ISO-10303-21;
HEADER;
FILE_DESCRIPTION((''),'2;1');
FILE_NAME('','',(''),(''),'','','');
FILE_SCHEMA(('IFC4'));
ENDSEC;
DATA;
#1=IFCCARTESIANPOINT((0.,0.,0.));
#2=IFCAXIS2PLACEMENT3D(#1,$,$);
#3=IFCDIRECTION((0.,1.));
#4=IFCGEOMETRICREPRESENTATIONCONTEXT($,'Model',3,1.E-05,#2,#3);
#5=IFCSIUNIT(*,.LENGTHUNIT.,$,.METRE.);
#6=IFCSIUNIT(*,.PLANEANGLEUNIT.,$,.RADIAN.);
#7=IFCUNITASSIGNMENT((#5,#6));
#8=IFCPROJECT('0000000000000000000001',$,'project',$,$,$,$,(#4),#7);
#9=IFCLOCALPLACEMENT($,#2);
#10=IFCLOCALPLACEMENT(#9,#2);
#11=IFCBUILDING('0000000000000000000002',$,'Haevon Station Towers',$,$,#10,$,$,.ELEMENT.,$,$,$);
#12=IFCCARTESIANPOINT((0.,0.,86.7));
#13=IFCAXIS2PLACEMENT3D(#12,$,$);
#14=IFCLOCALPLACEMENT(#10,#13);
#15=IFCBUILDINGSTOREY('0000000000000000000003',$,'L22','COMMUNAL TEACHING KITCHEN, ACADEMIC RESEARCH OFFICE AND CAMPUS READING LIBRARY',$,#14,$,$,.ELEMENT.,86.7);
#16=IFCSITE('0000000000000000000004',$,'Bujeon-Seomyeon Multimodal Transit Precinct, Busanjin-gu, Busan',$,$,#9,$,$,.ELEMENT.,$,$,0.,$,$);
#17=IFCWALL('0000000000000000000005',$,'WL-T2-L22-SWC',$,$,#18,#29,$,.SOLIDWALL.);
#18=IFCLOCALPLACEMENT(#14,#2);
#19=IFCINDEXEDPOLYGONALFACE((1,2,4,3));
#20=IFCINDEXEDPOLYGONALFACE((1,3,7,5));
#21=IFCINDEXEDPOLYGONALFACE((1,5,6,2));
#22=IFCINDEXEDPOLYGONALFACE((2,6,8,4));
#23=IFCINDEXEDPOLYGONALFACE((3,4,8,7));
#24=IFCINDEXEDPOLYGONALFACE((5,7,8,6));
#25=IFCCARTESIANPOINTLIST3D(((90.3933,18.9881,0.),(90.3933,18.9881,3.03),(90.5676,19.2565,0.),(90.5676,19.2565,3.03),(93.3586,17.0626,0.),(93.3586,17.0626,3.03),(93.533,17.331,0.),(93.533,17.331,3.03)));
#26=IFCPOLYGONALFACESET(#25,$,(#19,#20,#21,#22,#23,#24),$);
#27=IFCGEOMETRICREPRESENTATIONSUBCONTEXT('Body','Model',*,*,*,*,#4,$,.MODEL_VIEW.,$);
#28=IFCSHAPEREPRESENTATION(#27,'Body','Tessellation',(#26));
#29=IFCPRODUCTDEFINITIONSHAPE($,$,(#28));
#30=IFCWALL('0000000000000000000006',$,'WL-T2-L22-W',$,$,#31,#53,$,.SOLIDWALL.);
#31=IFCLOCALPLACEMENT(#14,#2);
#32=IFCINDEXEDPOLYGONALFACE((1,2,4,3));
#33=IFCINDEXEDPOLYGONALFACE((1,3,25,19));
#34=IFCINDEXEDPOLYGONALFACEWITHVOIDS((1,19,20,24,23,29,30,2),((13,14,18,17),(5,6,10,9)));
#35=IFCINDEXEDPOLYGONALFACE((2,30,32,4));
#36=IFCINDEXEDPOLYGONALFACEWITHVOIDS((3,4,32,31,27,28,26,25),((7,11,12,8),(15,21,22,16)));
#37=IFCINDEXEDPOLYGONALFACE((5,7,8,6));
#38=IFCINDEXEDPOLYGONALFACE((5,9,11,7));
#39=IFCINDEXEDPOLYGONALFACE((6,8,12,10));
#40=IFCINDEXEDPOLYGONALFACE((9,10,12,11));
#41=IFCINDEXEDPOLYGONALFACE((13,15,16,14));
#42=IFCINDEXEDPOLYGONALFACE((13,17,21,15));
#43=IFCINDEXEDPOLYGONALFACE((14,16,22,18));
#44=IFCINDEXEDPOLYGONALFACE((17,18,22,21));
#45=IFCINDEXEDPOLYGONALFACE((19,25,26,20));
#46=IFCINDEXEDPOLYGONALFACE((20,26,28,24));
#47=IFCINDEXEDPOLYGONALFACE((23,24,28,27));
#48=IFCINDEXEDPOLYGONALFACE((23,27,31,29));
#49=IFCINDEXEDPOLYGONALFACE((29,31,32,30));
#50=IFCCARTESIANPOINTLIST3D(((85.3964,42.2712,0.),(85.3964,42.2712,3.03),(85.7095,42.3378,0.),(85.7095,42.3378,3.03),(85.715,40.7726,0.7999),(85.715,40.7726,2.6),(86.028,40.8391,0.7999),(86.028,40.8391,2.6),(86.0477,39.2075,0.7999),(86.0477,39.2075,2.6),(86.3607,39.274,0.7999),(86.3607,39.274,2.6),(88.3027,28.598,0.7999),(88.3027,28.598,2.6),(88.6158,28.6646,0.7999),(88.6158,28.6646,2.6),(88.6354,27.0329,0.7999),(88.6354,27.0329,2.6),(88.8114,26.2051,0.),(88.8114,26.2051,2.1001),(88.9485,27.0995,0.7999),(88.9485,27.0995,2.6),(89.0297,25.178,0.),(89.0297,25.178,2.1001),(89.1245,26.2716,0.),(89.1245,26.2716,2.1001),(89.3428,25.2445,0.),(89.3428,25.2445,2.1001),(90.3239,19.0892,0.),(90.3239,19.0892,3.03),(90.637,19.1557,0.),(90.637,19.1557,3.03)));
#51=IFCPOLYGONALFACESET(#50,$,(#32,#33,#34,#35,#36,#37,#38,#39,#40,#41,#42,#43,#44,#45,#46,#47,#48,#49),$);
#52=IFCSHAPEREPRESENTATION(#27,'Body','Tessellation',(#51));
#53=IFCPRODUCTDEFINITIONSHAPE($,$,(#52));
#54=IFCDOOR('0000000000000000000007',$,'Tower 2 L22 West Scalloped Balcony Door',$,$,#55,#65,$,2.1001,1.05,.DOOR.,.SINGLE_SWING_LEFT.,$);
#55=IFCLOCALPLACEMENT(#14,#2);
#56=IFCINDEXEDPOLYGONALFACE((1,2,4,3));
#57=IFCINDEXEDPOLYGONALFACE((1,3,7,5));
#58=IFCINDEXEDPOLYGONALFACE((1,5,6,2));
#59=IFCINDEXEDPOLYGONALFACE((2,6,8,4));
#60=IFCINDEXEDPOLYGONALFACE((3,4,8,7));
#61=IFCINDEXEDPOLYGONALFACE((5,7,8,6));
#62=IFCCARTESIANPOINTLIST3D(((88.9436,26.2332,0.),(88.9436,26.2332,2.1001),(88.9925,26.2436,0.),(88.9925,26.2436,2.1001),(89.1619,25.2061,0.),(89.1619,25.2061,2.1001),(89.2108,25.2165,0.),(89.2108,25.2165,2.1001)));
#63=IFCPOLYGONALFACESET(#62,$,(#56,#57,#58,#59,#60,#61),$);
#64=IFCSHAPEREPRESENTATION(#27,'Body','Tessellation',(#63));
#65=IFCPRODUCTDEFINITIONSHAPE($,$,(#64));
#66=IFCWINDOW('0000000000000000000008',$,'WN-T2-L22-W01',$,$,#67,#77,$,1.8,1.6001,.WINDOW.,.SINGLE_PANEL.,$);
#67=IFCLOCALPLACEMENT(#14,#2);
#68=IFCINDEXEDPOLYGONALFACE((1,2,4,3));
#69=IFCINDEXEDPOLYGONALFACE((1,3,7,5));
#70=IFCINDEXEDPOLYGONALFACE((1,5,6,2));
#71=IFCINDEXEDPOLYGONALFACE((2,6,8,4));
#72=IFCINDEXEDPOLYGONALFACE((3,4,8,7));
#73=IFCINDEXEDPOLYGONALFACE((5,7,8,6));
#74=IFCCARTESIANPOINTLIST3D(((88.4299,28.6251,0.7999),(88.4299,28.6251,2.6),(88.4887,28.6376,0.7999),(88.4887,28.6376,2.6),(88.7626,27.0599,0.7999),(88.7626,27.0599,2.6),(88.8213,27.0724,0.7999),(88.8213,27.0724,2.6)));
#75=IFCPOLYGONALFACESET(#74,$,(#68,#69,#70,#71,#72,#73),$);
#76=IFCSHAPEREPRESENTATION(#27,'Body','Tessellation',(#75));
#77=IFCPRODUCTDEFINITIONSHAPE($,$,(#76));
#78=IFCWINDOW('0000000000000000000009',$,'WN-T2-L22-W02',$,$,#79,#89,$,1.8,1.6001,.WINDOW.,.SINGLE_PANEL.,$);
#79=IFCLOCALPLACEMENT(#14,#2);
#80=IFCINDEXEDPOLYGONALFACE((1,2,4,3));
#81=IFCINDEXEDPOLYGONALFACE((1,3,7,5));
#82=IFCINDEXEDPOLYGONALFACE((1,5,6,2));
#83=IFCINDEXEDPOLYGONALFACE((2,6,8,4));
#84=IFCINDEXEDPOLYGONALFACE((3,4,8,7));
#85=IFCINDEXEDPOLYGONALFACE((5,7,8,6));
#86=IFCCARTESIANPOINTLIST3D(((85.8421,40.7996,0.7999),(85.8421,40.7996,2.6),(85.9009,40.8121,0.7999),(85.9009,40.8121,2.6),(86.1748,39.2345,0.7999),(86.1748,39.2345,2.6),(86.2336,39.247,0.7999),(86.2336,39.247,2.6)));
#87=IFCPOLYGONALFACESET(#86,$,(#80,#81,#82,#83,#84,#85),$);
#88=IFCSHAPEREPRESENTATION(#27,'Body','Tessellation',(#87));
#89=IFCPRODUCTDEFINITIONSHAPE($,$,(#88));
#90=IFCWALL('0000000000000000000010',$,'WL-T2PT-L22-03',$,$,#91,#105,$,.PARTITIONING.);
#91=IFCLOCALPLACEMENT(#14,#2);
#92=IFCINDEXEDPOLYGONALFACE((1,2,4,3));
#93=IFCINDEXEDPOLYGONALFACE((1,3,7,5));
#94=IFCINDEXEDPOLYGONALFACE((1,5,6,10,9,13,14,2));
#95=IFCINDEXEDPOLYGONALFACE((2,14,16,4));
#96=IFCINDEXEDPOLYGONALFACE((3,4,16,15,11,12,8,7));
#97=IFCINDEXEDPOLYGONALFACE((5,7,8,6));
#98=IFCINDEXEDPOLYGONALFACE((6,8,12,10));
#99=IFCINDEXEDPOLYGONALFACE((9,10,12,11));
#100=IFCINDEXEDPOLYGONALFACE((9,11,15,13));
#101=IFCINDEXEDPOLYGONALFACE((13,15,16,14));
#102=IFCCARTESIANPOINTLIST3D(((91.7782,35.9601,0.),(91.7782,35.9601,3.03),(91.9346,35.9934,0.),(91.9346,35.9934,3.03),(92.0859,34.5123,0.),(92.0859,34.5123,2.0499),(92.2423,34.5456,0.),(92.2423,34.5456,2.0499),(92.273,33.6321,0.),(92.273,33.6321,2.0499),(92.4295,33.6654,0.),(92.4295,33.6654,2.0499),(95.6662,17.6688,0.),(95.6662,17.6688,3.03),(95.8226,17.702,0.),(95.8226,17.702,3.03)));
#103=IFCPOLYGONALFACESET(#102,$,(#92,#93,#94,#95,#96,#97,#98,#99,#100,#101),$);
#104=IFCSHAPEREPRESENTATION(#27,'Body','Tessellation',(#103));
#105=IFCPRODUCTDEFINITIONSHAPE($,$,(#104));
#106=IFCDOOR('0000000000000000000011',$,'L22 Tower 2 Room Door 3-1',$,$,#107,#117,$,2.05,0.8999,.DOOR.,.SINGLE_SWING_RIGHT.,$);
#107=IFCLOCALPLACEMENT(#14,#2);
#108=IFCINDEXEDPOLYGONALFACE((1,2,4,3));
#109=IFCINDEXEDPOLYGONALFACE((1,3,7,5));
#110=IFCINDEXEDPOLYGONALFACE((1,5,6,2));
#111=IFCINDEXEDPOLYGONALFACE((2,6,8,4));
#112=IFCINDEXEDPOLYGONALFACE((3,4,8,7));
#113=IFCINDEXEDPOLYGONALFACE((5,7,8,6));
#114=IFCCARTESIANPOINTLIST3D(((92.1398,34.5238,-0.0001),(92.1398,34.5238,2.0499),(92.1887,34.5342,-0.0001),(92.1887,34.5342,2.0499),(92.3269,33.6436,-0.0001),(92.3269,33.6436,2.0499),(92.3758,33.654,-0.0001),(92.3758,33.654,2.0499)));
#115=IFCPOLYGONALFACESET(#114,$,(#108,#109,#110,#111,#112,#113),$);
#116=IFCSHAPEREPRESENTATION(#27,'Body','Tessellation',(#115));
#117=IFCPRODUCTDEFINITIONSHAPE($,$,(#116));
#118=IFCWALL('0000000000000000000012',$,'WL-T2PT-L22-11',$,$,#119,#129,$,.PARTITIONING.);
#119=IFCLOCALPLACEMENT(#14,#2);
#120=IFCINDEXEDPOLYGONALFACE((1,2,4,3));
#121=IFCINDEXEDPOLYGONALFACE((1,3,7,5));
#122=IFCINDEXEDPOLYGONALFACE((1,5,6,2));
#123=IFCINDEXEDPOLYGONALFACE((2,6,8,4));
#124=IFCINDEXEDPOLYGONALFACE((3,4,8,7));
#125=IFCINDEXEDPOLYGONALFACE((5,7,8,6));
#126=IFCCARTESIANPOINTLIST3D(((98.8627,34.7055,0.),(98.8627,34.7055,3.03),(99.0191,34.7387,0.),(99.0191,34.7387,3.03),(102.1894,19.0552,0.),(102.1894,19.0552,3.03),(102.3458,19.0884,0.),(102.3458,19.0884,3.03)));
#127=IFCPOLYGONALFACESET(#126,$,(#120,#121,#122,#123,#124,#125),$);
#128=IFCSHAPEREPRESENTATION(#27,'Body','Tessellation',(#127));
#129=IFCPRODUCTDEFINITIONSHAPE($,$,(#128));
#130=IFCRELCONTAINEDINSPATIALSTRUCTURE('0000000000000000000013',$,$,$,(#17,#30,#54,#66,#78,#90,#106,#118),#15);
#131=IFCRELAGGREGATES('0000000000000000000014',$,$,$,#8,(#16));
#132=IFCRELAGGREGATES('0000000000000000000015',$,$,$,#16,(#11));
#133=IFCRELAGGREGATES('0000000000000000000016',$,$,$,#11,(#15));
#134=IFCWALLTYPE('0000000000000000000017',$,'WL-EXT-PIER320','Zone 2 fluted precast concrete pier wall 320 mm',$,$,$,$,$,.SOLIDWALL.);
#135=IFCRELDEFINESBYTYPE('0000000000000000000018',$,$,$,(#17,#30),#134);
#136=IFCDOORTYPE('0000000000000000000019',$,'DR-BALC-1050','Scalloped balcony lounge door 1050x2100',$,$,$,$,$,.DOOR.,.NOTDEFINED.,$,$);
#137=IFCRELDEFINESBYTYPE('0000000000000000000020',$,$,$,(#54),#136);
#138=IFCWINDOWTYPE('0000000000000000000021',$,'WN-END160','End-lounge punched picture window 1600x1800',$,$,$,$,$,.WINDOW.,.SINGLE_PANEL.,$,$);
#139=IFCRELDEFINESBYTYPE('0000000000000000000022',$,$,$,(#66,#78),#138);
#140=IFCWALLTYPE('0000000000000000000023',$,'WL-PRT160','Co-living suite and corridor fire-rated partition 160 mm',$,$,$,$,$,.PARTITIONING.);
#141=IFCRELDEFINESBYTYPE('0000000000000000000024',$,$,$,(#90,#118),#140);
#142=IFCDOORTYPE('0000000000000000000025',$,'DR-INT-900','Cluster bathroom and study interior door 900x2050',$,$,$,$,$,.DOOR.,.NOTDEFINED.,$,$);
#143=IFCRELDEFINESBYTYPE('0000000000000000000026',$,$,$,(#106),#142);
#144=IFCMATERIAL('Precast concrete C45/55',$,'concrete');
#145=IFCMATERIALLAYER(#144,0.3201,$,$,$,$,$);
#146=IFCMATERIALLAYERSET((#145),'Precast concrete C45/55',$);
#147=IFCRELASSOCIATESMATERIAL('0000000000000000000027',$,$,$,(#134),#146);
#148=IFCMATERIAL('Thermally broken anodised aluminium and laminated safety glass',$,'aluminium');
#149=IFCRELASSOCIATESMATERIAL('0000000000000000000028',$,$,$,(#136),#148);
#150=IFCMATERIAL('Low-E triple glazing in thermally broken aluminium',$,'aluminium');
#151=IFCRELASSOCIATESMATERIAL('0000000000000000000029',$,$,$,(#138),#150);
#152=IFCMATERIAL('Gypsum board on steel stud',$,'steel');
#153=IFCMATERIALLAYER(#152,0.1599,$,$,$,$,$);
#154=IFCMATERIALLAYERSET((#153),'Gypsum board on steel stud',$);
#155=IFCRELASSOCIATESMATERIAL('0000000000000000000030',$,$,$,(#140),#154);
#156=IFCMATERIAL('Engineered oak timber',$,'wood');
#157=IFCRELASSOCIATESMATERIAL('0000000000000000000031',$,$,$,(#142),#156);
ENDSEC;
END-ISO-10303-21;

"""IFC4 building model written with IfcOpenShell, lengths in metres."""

from ifc_helpers import new_model, si_unit, direction, frame, frame_2d, origin, place, context, subcontext, project, spatial, rectangle, extrude, material, layer, layer_set, type_object, element, fill, save


model = new_model("IFC4")

# Units and contexts
model_context = context("Model", 3, precision=1e-05, world=origin(), true_north=direction((0.0, 1.0)))
body_context = subcontext(model_context, "Body", "Model", "MODEL_VIEW")
ifc_project = project(units=[si_unit("LENGTHUNIT", "METRE"), si_unit("PLANEANGLEUNIT", "RADIAN")], contexts=[model_context])

# Site, building, storey
site_placement = place(None, origin())
site = spatial("IfcSite", under=ifc_project, at=site_placement, Name="Bujeon-Seomyeon Multimodal Transit Precinct, Busanjin-gu, Busan", CompositionType="ELEMENT", RefElevation=0.0)
building_placement = place(site_placement, origin())
building = spatial("IfcBuilding", under=site, at=building_placement, Name="Haevon Station Towers", CompositionType="ELEMENT")
storey_placement = place(building_placement, frame((0.0, 0.0, 86.7)))
storey = spatial("IfcBuildingStorey", under=building, at=storey_placement, Name="L22", Description="COMMUNAL TEACHING KITCHEN, ACADEMIC RESEARCH OFFICE AND CAMPUS READING LIBRARY", CompositionType="ELEMENT", Elevation=86.7)

# Wall
ifc_material_1 = material(Name="Precast concrete C45/55", Category="concrete")
ifc_layer_1 = layer(ifc_material_1, 0.3201)
ifc_layer_set_1 = layer_set([ifc_layer_1], Name="Precast concrete C45/55")
wall_type_1 = type_object("IfcWallType", Name="WL-EXT-PIER320", Description="Zone 2 fluted precast concrete pier wall 320 mm", PredefinedType="SOLIDWALL", material=ifc_layer_set_1)
wall_1_placement = place(storey_placement, frame((93.4458, 17.1968, 0.0), z_axis=(0.0, 0.0, 1.0), x_axis=(-0.838693, 0.544605, 0.0)))
element("IfcWall", 1, at=wall_1_placement, inside=storey, type_object=wall_type_1, Name="WL-T2-L22-SWC", PredefinedType="SOLIDWALL", context=body_context, shape_type="SweptSolid", body=[
    extrude(rectangle(XDim=3.5356, YDim=0.3201, at=frame_2d((1.7678, 0.0))), origin(), (0.0, 0.0, 1.0), 3.03),
])

# Wall, openings, door, windows
wall_2_placement = place(storey_placement, frame((90.4805, 19.1223, 0.0), z_axis=(0.0, 0.0, 1.0), x_axis=(-0.207911, 0.978148, 0.0)))
wall_2 = element("IfcWall", 2, at=wall_2_placement, inside=storey, type_object=wall_type_1, Name="WL-T2-L22-W", PredefinedType="SOLIDWALL", context=body_context, shape_type="SweptSolid", body=[
    extrude(rectangle(XDim=23.7, YDim=0.3201, at=frame_2d((11.8501, 0.0))), origin(), (0.0, 0.0, 1.0), 3.03),
])
opening_1_placement = place(wall_2_placement, frame((6.2251, 0.0, 0.0)))
opening_1 = element("IfcOpeningElement", 3, at=opening_1_placement, cuts=wall_2, PredefinedType="OPENING", context=body_context, shape_type="SweptSolid", body=[
    extrude(rectangle(XDim=1.05, YDim=2.1001, at=frame_2d((0.5249, 1.05))), frame((0.0, 0.1699, 0.0), z_axis=(0.0, -1.0, 0.0), x_axis=(1.0, 0.0, 0.0)), (0.0, 0.0, 1.0), 0.3401),
])
opening_2_placement = place(wall_2_placement, frame((8.1213, 0.0, 0.8)))
opening_2 = element("IfcOpeningElement", 4, at=opening_2_placement, cuts=wall_2, PredefinedType="OPENING", context=body_context, shape_type="SweptSolid", body=[
    extrude(rectangle(XDim=1.6001, YDim=1.8, at=frame_2d((0.8, 0.8999))), frame((0.0, 0.1699, 0.0), z_axis=(0.0, -1.0, 0.0), x_axis=(1.0, 0.0, 0.0)), (0.0, 0.0, 1.0), 0.3401),
])
opening_3_placement = place(wall_2_placement, frame((20.5679, 0.0, 0.8)))
opening_3 = element("IfcOpeningElement", 5, at=opening_3_placement, cuts=wall_2, PredefinedType="OPENING", context=body_context, shape_type="SweptSolid", body=[
    extrude(rectangle(XDim=1.6001, YDim=1.8, at=frame_2d((0.8, 0.8999))), frame((0.0, 0.1699, 0.0), z_axis=(0.0, -1.0, 0.0), x_axis=(1.0, 0.0, 0.0)), (0.0, 0.0, 1.0), 0.3401),
])
ifc_material_2 = material(Name="Thermally broken anodised aluminium and laminated safety glass", Category="aluminium")
door_type_1 = type_object("IfcDoorType", Name="DR-BALC-1050", Description="Scalloped balcony lounge door 1050x2100", OperationType="NOTDEFINED", PredefinedType="DOOR", material=ifc_material_2)
door_1_placement = place(opening_1_placement, origin())
door_1 = element("IfcDoor", 6, at=door_1_placement, inside=storey, type_object=door_type_1, Name="Tower 2 L22 West Scalloped Balcony Door", OperationType="SINGLE_SWING_LEFT", OverallHeight=2.1001, OverallWidth=1.05, PredefinedType="DOOR", context=body_context, shape_type="SweptSolid", body=[
    extrude(rectangle(XDim=1.05, YDim=2.1001, at=frame_2d((0.5249, 1.05))), frame((0.0, 0.0249, 0.0), z_axis=(0.0, -1.0, 0.0), x_axis=(1.0, 0.0, 0.0)), (0.0, 0.0, 1.0), 0.05),
])
fill(opening_1, door_1)
ifc_material_3 = material(Name="Low-E triple glazing in thermally broken aluminium", Category="aluminium")
window_type = type_object("IfcWindowType", Name="WN-END160", Description="End-lounge punched picture window 1600x1800", PartitioningType="SINGLE_PANEL", PredefinedType="WINDOW", material=ifc_material_3)
window_1_placement = place(opening_2_placement, origin())
window_1 = element("IfcWindow", 7, at=window_1_placement, inside=storey, type_object=window_type, Name="WN-T2-L22-W01", OverallHeight=1.8, OverallWidth=1.6001, PartitioningType="SINGLE_PANEL", PredefinedType="WINDOW", context=body_context, shape_type="SweptSolid", body=[
    extrude(rectangle(XDim=1.6001, YDim=1.8, at=frame_2d((0.8, 0.8999))), frame((0.0, 0.03, 0.0), z_axis=(0.0, -1.0, 0.0), x_axis=(1.0, 0.0, 0.0)), (0.0, 0.0, 1.0), 0.0601),
])
fill(opening_2, window_1)
window_2_placement = place(opening_3_placement, origin())
window_2 = element("IfcWindow", 8, at=window_2_placement, inside=storey, type_object=window_type, Name="WN-T2-L22-W02", OverallHeight=1.8, OverallWidth=1.6001, PartitioningType="SINGLE_PANEL", PredefinedType="WINDOW", context=body_context, shape_type="SweptSolid", body=[
    extrude(rectangle(XDim=1.6001, YDim=1.8, at=frame_2d((0.8, 0.8999))), frame((0.0, 0.03, 0.0), z_axis=(0.0, -1.0, 0.0), x_axis=(1.0, 0.0, 0.0)), (0.0, 0.0, 1.0), 0.0601),
])
fill(opening_3, window_2)

# Wall, opening, door
ifc_material_4 = material(Name="Gypsum board on steel stud", Category="steel")
ifc_layer_2 = layer(ifc_material_4, 0.1599)
ifc_layer_set_2 = layer_set([ifc_layer_2], Name="Gypsum board on steel stud")
wall_type_2 = type_object("IfcWallType", Name="WL-PRT160", Description="Co-living suite and corridor fire-rated partition 160 mm", PredefinedType="PARTITIONING", material=ifc_layer_set_2)
wall_3_placement = place(storey_placement, frame((95.7444, 17.6853, 0.0), z_axis=(0.0, 0.0, 1.0), x_axis=(-0.207912, 0.978147, 0.0)))
wall_3 = element("IfcWall", 9, at=wall_3_placement, inside=storey, type_object=wall_type_2, Name="WL-T2PT-L22-03", PredefinedType="PARTITIONING", context=body_context, shape_type="SweptSolid", body=[
    extrude(rectangle(XDim=18.7, YDim=0.1599, at=frame_2d((9.3501, 0.0))), origin(), (0.0, 0.0, 1.0), 3.03),
])
opening_4_placement = place(wall_3_placement, frame((16.3201, 0.0, 0.0)))
opening_4 = element("IfcOpeningElement", 10, at=opening_4_placement, cuts=wall_3, PredefinedType="OPENING", context=body_context, shape_type="SweptSolid", body=[
    extrude(rectangle(XDim=0.8999, YDim=2.05, at=frame_2d((0.45, 1.0249))), frame((0.0, 0.0898, 0.0), z_axis=(0.0, -1.0, 0.0), x_axis=(1.0, 0.0, 0.0)), (0.0, 0.0, 1.0), 0.1799),
])
ifc_material_5 = material(Name="Engineered oak timber", Category="wood")
door_type_2 = type_object("IfcDoorType", Name="DR-INT-900", Description="Cluster bathroom and study interior door 900x2050", OperationType="NOTDEFINED", PredefinedType="DOOR", material=ifc_material_5)
door_2_placement = place(opening_4_placement, origin())
door_2 = element("IfcDoor", 11, at=door_2_placement, inside=storey, type_object=door_type_2, Name="L22 Tower 2 Room Door 3-1", OperationType="SINGLE_SWING_RIGHT", OverallHeight=2.05, OverallWidth=0.8999, PredefinedType="DOOR", context=body_context, shape_type="SweptSolid", body=[
    extrude(rectangle(XDim=0.8999, YDim=2.05, at=frame_2d((0.45, 1.0249))), frame((0.0, 0.0249, 0.0), z_axis=(0.0, -1.0, 0.0), x_axis=(1.0, 0.0, 0.0)), (0.0, 0.0, 1.0), 0.05),
])
fill(opening_4, door_2)

# Wall
wall_4_placement = place(storey_placement, frame((102.2676, 19.0718, 0.0), z_axis=(0.0, 0.0, 1.0), x_axis=(-0.207916, 0.978147, 0.0)))
element("IfcWall", 12, at=wall_4_placement, inside=storey, type_object=wall_type_2, Name="WL-T2PT-L22-11", PredefinedType="PARTITIONING", context=body_context, shape_type="SweptSolid", body=[
    extrude(rectangle(XDim=16.0, YDim=0.1599, at=frame_2d((8.0, 0.0))), origin(), (0.0, 0.0, 1.0), 3.03),
])

save(model, "model.ifc")
